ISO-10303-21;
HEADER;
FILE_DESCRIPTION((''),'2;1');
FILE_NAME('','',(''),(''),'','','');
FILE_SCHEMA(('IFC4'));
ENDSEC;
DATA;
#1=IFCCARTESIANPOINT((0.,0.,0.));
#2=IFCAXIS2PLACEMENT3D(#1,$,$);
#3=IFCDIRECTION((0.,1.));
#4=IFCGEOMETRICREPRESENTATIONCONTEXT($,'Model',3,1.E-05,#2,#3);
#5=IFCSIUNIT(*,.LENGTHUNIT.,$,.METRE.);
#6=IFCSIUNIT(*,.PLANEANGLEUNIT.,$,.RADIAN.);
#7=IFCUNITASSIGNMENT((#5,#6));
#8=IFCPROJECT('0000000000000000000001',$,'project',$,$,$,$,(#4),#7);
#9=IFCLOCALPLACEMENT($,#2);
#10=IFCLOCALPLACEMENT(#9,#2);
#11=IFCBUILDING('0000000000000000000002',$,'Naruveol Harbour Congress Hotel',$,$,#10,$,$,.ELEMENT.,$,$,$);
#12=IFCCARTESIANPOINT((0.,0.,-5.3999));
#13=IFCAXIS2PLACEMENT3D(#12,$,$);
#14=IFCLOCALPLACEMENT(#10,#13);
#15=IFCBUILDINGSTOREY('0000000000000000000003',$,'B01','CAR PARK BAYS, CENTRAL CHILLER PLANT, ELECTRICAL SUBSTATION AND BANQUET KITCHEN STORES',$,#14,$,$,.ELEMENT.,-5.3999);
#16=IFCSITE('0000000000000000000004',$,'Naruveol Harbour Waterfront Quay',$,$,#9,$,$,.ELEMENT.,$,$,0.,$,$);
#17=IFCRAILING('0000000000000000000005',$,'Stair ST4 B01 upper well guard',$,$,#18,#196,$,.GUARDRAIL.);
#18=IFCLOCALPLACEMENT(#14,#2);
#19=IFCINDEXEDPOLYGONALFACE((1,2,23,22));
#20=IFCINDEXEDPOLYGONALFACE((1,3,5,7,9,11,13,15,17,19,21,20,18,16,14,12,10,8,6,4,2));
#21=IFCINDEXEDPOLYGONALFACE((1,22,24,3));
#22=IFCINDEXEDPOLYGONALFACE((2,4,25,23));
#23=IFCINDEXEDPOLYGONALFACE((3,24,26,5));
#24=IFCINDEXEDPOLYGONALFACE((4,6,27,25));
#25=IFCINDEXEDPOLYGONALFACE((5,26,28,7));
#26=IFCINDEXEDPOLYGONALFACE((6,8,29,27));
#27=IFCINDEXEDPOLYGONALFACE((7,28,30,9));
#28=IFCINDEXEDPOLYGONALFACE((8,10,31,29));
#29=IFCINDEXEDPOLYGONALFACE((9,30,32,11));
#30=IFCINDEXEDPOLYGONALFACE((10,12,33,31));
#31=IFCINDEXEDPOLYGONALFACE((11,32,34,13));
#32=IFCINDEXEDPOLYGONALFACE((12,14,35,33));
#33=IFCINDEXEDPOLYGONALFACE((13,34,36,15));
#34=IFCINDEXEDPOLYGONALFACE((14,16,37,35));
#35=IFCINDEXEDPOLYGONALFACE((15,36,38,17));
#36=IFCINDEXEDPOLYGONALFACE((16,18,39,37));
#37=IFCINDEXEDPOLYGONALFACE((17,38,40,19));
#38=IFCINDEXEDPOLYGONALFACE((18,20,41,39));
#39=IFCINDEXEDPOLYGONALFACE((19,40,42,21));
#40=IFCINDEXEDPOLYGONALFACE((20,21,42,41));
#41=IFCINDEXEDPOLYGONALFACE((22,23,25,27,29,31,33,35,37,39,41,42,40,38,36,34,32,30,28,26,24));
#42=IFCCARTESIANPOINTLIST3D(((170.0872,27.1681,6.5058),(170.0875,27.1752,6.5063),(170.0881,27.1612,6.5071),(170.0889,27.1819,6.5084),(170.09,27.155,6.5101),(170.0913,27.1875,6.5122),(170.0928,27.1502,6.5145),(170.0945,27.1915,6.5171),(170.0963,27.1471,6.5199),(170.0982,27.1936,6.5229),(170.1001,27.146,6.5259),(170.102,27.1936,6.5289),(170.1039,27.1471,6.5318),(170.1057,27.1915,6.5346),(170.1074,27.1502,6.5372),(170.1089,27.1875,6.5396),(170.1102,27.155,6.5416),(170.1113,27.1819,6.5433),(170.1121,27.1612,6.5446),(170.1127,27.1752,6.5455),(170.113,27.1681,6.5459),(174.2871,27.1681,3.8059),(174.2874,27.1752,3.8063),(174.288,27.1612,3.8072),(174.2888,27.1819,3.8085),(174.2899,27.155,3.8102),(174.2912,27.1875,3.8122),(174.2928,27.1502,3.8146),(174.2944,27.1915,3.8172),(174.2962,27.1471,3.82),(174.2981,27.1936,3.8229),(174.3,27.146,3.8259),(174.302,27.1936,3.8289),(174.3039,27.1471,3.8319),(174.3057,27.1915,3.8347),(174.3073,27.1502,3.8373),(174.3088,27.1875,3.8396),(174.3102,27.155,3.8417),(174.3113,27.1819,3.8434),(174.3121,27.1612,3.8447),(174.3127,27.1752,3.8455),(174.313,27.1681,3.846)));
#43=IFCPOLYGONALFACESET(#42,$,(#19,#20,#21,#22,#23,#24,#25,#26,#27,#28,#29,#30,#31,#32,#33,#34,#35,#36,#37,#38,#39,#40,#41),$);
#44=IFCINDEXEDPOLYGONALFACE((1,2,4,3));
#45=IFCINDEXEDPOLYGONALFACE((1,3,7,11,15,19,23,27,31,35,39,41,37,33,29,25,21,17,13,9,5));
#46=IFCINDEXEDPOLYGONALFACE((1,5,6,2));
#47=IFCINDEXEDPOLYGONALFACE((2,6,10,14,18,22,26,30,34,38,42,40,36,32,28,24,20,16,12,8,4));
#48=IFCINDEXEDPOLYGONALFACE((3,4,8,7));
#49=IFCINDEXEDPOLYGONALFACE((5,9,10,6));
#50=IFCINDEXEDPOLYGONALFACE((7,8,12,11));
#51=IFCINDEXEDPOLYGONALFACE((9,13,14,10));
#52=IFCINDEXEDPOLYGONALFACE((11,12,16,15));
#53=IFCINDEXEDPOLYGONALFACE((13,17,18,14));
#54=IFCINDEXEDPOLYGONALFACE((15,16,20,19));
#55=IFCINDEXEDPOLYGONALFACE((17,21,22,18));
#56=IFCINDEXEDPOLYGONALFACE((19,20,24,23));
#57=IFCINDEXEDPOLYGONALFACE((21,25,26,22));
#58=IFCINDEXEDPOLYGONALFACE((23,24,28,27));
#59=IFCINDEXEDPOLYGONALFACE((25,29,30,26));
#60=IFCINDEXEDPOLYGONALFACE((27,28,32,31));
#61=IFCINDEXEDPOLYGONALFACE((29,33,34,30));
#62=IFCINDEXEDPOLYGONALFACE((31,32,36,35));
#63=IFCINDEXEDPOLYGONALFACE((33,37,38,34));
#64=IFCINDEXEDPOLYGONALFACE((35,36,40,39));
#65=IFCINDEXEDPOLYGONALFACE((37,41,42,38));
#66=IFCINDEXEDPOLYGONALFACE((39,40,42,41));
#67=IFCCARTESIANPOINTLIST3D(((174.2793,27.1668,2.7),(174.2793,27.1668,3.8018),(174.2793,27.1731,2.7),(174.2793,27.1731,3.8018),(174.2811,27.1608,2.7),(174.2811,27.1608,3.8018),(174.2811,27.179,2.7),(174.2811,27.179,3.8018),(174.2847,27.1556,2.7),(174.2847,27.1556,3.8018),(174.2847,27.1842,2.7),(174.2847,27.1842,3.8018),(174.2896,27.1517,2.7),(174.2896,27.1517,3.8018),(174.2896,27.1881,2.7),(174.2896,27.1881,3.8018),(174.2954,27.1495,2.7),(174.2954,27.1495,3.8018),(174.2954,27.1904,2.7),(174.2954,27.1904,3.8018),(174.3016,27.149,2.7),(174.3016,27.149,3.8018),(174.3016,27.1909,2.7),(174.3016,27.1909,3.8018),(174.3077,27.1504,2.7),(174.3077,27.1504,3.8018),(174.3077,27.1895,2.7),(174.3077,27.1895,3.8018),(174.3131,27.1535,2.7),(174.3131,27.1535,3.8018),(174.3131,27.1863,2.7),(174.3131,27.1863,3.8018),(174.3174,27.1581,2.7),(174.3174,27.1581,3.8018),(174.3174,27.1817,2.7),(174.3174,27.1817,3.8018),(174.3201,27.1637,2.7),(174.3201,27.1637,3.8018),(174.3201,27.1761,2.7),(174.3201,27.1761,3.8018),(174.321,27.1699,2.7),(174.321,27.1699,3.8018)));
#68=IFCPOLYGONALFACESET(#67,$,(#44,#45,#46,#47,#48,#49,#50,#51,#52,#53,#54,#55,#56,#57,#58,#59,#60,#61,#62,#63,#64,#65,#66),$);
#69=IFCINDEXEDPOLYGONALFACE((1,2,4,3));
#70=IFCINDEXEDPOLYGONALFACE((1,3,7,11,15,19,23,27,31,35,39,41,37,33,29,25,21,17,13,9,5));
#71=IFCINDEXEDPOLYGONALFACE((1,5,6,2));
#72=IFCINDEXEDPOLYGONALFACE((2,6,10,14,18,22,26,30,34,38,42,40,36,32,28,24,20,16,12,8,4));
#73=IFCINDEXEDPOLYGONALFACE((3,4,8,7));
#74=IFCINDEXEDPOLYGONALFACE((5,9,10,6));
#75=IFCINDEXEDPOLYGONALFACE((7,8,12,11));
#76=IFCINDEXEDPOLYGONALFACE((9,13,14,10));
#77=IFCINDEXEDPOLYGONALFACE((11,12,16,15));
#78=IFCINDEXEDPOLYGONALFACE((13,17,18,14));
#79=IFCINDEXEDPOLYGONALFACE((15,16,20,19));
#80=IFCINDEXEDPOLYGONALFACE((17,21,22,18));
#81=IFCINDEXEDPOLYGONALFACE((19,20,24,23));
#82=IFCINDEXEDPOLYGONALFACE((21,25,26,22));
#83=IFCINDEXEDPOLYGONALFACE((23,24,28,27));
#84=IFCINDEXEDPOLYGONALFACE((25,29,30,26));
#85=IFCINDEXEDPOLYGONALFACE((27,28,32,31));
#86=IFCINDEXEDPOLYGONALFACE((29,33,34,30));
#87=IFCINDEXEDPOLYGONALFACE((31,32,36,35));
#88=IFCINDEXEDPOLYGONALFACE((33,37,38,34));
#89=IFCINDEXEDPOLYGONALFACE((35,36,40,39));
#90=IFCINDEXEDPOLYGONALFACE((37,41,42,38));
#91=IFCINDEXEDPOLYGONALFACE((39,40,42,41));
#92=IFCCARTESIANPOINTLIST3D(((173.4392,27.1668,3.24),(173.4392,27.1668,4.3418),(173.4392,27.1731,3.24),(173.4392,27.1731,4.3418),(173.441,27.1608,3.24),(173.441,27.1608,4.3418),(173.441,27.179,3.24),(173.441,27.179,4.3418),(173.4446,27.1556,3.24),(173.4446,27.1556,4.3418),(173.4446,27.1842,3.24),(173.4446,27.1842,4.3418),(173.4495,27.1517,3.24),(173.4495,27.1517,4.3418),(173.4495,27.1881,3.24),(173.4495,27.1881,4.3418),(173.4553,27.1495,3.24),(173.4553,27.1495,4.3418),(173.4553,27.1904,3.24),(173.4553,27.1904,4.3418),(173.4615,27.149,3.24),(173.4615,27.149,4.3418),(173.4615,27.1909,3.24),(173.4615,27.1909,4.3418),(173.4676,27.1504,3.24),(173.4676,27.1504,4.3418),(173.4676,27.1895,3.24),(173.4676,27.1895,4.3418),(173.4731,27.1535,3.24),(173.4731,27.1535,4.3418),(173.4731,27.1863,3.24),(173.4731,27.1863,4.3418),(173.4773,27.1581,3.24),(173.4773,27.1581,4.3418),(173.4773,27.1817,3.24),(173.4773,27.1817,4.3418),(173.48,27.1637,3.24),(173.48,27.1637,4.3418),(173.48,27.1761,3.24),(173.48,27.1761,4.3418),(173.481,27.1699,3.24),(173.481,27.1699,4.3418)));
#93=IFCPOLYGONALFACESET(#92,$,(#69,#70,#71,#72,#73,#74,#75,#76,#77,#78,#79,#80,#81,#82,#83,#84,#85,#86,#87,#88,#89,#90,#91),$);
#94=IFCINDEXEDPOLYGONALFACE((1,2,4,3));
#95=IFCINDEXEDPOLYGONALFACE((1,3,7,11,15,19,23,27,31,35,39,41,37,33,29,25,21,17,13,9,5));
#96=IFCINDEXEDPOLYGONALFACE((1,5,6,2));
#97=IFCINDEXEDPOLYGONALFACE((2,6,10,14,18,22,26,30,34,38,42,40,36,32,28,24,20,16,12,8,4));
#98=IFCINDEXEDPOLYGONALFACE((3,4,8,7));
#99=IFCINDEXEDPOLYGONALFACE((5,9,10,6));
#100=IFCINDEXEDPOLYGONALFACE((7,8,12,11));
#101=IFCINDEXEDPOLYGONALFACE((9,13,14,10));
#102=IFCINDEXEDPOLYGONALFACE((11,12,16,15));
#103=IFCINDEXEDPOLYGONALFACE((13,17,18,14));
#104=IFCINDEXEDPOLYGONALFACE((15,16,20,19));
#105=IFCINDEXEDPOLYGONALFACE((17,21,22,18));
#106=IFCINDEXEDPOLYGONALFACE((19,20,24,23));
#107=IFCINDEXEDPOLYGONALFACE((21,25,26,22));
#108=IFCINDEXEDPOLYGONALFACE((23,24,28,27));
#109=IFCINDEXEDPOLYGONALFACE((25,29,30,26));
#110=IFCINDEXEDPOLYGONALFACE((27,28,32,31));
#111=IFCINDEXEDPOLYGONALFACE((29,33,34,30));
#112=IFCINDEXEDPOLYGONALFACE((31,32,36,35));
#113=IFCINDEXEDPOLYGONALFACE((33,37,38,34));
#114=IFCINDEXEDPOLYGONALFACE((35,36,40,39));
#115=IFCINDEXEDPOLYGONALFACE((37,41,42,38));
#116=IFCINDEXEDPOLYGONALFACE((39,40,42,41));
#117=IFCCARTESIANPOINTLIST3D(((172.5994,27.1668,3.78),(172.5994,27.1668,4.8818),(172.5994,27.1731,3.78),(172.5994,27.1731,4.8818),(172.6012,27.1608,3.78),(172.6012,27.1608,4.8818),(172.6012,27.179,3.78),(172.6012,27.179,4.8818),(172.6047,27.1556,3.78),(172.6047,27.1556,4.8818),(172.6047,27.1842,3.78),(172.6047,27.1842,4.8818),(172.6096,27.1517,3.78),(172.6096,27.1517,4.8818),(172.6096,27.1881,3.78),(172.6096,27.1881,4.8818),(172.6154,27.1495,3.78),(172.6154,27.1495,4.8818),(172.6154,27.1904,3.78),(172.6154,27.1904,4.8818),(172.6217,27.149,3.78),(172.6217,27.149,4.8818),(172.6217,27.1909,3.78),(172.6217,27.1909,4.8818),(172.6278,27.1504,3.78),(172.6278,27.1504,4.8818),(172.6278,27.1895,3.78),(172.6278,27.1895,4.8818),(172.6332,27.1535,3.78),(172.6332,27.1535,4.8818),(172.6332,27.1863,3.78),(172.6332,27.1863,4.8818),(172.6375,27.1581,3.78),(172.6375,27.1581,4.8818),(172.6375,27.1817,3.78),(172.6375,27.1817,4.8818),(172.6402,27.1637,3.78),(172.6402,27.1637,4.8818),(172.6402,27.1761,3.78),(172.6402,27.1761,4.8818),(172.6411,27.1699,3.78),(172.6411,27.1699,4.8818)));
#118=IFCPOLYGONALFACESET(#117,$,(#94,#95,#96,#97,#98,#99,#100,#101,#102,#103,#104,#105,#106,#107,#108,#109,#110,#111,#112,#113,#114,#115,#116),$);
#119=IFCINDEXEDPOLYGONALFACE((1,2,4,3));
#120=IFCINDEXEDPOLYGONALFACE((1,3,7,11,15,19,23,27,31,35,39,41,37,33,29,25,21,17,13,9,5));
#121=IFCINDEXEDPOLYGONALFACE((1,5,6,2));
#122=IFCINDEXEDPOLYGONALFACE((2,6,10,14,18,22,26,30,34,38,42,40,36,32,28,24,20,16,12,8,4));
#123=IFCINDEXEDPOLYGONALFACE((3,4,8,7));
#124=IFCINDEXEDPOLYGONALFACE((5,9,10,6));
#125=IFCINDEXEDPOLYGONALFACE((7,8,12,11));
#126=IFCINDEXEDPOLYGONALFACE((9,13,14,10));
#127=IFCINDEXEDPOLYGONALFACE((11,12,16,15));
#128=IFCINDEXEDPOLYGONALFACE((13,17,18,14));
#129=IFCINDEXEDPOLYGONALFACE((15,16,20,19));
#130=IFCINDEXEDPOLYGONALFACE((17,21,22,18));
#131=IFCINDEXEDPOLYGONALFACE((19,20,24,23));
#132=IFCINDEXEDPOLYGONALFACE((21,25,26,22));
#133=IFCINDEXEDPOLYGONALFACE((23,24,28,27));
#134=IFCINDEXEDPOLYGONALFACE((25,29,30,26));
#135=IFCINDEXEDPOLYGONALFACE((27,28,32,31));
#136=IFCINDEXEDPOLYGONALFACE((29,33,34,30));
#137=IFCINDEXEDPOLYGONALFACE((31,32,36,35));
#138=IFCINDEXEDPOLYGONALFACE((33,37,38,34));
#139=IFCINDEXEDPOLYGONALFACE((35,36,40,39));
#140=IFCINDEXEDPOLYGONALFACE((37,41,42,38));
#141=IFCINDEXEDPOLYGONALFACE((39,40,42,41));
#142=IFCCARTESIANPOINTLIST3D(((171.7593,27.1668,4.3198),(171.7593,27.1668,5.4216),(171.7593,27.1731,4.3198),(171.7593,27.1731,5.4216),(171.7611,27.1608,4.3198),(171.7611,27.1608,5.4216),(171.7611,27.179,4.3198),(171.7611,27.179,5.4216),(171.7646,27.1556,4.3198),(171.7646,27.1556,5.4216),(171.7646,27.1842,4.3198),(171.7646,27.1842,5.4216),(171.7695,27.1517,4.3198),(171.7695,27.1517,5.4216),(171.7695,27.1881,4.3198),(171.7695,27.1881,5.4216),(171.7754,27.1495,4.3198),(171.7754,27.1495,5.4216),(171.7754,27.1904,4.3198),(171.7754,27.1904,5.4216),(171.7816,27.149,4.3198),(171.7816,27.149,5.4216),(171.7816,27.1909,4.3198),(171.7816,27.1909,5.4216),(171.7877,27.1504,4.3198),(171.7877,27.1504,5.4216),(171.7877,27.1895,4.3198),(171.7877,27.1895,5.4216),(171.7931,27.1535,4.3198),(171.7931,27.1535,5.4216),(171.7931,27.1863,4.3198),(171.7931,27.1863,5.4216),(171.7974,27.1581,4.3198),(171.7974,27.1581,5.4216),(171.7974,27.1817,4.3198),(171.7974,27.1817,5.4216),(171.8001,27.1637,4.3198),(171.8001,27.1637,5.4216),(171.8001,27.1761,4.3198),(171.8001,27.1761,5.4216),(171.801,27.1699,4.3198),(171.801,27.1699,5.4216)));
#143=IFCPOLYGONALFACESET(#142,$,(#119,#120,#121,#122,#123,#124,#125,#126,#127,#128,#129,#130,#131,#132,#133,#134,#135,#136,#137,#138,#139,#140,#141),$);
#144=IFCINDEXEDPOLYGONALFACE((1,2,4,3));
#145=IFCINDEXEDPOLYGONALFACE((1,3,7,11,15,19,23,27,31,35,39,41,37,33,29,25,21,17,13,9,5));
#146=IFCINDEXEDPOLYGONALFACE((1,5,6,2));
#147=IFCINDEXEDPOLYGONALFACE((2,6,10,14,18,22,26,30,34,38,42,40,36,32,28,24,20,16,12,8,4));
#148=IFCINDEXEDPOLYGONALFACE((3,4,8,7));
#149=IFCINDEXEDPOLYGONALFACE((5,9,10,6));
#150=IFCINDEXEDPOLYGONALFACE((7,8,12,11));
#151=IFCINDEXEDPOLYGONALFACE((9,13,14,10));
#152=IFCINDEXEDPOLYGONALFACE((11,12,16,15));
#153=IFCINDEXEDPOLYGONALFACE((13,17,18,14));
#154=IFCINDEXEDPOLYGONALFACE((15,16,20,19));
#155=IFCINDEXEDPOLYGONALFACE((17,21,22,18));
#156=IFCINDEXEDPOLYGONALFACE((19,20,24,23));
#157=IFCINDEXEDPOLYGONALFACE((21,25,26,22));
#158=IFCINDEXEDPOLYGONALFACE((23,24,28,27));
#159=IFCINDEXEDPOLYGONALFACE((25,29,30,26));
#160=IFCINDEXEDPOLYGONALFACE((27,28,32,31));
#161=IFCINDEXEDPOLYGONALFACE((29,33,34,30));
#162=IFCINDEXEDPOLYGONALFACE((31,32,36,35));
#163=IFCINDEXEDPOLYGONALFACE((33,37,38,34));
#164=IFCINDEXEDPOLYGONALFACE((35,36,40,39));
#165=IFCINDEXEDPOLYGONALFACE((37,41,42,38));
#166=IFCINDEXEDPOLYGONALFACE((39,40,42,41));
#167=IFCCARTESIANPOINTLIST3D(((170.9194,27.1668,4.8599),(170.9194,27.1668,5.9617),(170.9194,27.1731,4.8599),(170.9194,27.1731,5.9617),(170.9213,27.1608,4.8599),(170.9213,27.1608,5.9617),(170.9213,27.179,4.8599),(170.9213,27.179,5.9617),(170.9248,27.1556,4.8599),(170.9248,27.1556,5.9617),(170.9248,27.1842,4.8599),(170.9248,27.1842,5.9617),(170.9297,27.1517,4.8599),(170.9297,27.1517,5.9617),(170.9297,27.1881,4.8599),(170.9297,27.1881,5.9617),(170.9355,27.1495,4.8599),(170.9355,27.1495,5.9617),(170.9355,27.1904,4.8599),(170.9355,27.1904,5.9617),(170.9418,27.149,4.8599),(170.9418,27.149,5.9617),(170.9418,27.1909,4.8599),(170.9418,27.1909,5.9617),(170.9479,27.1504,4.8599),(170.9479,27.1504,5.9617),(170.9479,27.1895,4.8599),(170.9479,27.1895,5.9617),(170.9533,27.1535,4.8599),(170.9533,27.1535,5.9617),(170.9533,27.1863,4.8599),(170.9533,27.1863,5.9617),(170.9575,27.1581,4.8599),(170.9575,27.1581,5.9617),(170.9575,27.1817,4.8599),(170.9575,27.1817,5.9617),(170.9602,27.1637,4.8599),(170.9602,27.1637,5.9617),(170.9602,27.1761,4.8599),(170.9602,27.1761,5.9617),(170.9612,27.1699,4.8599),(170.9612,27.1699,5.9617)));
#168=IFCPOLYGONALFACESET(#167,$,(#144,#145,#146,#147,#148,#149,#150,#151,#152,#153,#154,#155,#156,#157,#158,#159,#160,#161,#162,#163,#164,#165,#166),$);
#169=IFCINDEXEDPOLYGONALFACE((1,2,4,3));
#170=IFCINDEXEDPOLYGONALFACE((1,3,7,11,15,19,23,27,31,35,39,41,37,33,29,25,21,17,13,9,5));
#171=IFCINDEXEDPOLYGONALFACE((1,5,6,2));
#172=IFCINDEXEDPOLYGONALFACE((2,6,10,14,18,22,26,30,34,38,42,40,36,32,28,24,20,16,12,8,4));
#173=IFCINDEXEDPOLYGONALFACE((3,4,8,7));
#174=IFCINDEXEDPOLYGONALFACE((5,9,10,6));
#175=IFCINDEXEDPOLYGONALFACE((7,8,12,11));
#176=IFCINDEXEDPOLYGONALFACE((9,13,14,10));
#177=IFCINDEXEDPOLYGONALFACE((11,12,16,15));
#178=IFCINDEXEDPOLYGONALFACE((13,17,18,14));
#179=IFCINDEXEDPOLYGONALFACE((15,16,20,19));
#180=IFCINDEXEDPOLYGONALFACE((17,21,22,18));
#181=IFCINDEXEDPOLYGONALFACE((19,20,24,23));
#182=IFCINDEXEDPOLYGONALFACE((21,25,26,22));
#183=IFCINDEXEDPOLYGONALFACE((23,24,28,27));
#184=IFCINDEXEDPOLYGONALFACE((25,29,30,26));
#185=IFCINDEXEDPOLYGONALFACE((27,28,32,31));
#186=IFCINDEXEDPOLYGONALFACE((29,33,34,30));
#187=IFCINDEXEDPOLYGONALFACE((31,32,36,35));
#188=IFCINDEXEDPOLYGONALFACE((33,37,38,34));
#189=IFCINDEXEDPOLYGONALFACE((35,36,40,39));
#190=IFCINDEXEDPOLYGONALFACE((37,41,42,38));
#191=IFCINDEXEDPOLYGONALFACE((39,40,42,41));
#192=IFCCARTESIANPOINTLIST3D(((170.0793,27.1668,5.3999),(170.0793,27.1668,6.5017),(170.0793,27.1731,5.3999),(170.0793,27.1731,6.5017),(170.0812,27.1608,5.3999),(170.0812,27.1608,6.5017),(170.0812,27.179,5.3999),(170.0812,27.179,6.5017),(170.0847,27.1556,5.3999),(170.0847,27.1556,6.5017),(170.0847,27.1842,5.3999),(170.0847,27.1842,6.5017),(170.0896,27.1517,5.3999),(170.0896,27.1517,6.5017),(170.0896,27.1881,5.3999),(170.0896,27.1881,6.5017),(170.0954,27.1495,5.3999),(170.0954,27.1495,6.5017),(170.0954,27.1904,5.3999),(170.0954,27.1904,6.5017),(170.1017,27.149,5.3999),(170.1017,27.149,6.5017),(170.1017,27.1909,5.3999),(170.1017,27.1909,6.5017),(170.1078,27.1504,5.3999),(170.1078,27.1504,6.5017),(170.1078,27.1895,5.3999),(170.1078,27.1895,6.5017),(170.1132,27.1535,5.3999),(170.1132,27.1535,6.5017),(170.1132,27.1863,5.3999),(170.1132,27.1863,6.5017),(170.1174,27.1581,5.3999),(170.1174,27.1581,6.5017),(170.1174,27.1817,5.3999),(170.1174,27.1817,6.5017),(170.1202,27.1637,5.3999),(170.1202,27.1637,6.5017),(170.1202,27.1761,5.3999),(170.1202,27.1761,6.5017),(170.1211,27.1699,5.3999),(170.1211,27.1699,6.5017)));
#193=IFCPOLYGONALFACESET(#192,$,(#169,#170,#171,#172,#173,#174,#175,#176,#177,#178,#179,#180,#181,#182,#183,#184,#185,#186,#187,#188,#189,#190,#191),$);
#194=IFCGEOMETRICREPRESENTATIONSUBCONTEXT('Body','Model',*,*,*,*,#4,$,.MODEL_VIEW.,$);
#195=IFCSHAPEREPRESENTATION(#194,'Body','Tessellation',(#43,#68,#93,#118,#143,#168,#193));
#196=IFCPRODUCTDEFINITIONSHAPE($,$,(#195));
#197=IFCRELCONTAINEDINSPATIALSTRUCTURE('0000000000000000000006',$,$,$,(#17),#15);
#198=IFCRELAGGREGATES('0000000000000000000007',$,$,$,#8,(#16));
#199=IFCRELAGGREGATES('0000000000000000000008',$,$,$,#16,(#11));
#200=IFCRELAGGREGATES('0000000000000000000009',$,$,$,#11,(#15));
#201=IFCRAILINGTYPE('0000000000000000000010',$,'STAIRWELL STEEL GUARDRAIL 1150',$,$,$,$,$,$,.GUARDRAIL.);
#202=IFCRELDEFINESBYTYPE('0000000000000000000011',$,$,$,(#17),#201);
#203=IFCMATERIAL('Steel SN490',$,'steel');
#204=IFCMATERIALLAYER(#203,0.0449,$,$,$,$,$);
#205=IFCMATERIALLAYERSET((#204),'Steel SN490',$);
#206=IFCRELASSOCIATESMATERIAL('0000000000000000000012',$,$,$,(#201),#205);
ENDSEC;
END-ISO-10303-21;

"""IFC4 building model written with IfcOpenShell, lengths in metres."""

from ifc_helpers import new_model, si_unit, direction, frame, origin, origin_2d, place, context, subcontext, project, spatial, circle, extrude, material, layer, layer_set, type_object, element, save


model = new_model("IFC4")

# Units and contexts
model_context = context("Model", 3, precision=1e-05, world=origin(), true_north=direction((0.0, 1.0)))
body_context = subcontext(model_context, "Body", "Model", "MODEL_VIEW")
ifc_project = project(units=[si_unit("LENGTHUNIT", "METRE"), si_unit("PLANEANGLEUNIT", "RADIAN")], contexts=[model_context])

# Site, building, storey
site_placement = place(None, origin())
site = spatial("IfcSite", under=ifc_project, at=site_placement, Name="Naruveol Harbour Waterfront Quay", CompositionType="ELEMENT", RefElevation=0.0)
building_placement = place(site_placement, origin())
building = spatial("IfcBuilding", under=site, at=building_placement, Name="Naruveol Harbour Congress Hotel", CompositionType="ELEMENT")
storey_placement = place(building_placement, frame((0.0, 0.0, -5.3999)))
storey = spatial("IfcBuildingStorey", under=building, at=storey_placement, Name="B01", Description="CAR PARK BAYS, CENTRAL CHILLER PLANT, ELECTRICAL SUBSTATION AND BANQUET KITCHEN STORES", CompositionType="ELEMENT", Elevation=-5.3999)

# Railing
ifc_material_1 = material(Name="Steel SN490", Category="steel")
ifc_layer_1 = layer(ifc_material_1, 0.0449)
ifc_layer_set_1 = layer_set([ifc_layer_1], Name="Steel SN490")
railing_type_1 = type_object("IfcRailingType", Name="STAIRWELL STEEL GUARDRAIL 1150", PredefinedType="GUARDRAIL", material=ifc_layer_set_1)
railing_1_placement = place(storey_placement, frame((174.3, 27.1699, 2.7)))
element("IfcRailing", 1, at=railing_1_placement, inside=storey, type_object=railing_type_1, Name="Stair ST4 B01 upper well guard", PredefinedType="GUARDRAIL", context=body_context, shape_type="SweptSolid", body=[
    extrude(circle(Radius=0.0239, at=origin_2d()), frame((0.0, 0.0, 1.126), z_axis=(-0.84118, 0.0, 0.540755), x_axis=(0.0, -1.0, 0.0)), (0.0, 0.0, 1.0), 4.9929),
    extrude(circle(Radius=0.021, at=origin_2d()), origin(), (0.0, 0.0, 1.0), 1.1018),
    extrude(circle(Radius=0.021, at=origin_2d()), frame((-0.8401, 0.0, 0.54)), (0.0, 0.0, 1.0), 1.1018),
    extrude(circle(Radius=0.021, at=origin_2d()), frame((-1.6799, 0.0, 1.0801)), (0.0, 0.0, 1.0), 1.1018),
    extrude(circle(Radius=0.021, at=origin_2d()), frame((-2.52, 0.0, 1.6199)), (0.0, 0.0, 1.0), 1.1018),
    extrude(circle(Radius=0.021, at=origin_2d()), frame((-3.3599, 0.0, 2.1599)), (0.0, 0.0, 1.0), 1.1018),
    extrude(circle(Radius=0.021, at=origin_2d()), frame((-4.2, 0.0, 2.7)), (0.0, 0.0, 1.0), 1.1018),
])

save(model, "model.ifc")
